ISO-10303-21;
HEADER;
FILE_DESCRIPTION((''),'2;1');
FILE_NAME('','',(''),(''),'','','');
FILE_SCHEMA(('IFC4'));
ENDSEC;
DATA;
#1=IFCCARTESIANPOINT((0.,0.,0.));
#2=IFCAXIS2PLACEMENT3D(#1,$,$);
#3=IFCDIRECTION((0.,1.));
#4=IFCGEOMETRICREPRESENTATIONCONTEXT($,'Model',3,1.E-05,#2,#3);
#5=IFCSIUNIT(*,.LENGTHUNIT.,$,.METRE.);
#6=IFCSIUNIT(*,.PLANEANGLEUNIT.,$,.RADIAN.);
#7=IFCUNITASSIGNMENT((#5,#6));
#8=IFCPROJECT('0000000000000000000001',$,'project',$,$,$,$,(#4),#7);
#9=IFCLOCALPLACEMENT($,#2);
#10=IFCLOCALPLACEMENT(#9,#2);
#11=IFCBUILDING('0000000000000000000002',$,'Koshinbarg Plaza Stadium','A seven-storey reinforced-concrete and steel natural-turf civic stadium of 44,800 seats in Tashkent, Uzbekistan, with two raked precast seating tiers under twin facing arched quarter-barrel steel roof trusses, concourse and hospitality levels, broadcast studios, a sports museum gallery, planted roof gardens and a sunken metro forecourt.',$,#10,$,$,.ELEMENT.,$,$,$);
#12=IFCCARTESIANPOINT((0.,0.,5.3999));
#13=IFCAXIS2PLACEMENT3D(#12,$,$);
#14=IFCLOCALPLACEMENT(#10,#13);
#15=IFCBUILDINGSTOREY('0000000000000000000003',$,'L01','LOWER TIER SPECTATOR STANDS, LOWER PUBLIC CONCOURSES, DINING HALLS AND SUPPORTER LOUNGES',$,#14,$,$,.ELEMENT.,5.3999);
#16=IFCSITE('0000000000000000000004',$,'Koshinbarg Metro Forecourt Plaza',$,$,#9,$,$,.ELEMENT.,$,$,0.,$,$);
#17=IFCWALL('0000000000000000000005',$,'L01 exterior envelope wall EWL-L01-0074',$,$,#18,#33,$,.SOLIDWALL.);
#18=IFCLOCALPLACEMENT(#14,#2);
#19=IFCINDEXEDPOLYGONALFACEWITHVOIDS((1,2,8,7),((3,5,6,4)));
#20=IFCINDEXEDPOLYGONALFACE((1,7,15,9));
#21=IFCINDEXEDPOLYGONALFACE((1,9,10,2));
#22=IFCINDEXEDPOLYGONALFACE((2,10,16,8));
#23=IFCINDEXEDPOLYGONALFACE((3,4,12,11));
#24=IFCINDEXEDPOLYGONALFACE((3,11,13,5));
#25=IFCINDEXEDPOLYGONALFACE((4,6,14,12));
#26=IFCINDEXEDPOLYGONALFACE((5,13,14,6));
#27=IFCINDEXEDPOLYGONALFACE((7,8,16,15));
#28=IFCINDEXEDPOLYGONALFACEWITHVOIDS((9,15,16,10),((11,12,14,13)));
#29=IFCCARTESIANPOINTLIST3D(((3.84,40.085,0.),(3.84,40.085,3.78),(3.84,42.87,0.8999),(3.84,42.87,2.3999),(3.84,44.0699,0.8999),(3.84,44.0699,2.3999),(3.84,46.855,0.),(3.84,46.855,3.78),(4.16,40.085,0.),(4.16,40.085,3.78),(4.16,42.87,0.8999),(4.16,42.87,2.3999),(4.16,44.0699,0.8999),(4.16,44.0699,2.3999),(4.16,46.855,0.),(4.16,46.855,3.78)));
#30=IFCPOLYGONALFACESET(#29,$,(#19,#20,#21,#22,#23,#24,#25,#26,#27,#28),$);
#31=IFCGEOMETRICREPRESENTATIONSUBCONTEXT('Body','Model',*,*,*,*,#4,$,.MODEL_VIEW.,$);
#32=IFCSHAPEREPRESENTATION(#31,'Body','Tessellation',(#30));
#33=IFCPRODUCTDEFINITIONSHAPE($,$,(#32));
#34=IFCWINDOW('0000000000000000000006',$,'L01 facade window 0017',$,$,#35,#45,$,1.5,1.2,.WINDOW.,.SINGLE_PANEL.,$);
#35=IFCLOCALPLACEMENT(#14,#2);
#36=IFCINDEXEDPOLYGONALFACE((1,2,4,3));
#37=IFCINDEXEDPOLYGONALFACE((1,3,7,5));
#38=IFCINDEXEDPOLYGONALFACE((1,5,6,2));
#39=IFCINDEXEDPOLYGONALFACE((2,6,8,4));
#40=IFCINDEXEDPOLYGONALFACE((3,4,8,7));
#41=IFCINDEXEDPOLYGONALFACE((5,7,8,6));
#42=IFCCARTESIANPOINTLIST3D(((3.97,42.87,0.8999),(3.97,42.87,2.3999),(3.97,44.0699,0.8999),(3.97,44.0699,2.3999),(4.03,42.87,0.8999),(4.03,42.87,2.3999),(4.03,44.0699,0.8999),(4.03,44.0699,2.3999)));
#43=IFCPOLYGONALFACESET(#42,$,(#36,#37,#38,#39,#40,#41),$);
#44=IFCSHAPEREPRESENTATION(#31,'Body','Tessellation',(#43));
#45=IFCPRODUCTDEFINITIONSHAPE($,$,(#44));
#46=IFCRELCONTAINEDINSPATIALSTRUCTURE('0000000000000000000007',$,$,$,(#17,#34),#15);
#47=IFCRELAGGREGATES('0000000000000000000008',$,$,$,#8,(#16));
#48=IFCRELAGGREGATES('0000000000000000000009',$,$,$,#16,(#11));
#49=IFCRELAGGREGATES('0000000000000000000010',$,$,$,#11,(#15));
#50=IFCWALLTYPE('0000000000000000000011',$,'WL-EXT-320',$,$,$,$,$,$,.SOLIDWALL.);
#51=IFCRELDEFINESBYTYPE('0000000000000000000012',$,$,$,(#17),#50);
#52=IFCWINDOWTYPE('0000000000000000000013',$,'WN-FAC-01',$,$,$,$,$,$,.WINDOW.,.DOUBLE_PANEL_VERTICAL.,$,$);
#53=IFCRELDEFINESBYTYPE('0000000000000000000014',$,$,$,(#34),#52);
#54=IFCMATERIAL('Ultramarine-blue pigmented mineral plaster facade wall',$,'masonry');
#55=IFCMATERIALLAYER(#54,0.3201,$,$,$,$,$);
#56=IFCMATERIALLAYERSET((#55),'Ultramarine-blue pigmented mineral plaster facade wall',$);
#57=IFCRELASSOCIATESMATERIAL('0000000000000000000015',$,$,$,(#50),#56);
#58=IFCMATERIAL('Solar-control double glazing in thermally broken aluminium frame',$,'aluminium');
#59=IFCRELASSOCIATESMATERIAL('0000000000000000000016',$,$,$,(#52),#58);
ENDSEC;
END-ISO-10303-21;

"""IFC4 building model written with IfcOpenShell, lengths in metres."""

from ifc_helpers import new_model, si_unit, direction, frame, frame_2d, origin, place, context, subcontext, project, spatial, rectangle, extrude, material, layer, layer_set, type_object, element, fill, save


model = new_model("IFC4")

# Units and contexts
model_context = context("Model", 3, precision=1e-05, world=origin(), true_north=direction((0.0, 1.0)))
body_context = subcontext(model_context, "Body", "Model", "MODEL_VIEW")
ifc_project = project(units=[si_unit("LENGTHUNIT", "METRE"), si_unit("PLANEANGLEUNIT", "RADIAN")], contexts=[model_context])

# Site, building, storey
site_placement = place(None, origin())
site = spatial("IfcSite", under=ifc_project, at=site_placement, Name="Koshinbarg Metro Forecourt Plaza", CompositionType="ELEMENT", RefElevation=0.0)
building_placement = place(site_placement, origin())
building = spatial("IfcBuilding", under=site, at=building_placement, Name="Koshinbarg Plaza Stadium", Description="A seven-storey reinforced-concrete and steel natural-turf civic stadium of 44,800 seats in Tashkent, Uzbekistan, with two raked precast seating tiers under twin facing arched quarter-barrel steel roof trusses, concourse and hospitality levels, broadcast studios, a sports museum gallery, planted roof gardens and a sunken metro forecourt.", CompositionType="ELEMENT")
storey_placement = place(building_placement, frame((0.0, 0.0, 5.3999)))
storey = spatial("IfcBuildingStorey", under=building, at=storey_placement, Name="L01", Description="LOWER TIER SPECTATOR STANDS, LOWER PUBLIC CONCOURSES, DINING HALLS AND SUPPORTER LOUNGES", CompositionType="ELEMENT", Elevation=5.3999)

# Wall, opening, window
ifc_material_1 = material(Name="Ultramarine-blue pigmented mineral plaster facade wall", Category="masonry")
ifc_layer_1 = layer(ifc_material_1, 0.3201)
ifc_layer_set_1 = layer_set([ifc_layer_1], Name="Ultramarine-blue pigmented mineral plaster facade wall")
wall_type = type_object("IfcWallType", Name="WL-EXT-320", PredefinedType="SOLIDWALL", material=ifc_layer_set_1)
wall_placement = place(storey_placement, frame((4.0, 40.085, 0.0), z_axis=(0.0, 0.0, 1.0), x_axis=(0.0, 1.0, 0.0)))
wall = element("IfcWall", 1, at=wall_placement, inside=storey, type_object=wall_type, Name="L01 exterior envelope wall EWL-L01-0074", PredefinedType="SOLIDWALL", context=body_context, shape_type="SweptSolid", body=[
    extrude(rectangle(XDim=6.77, YDim=0.3201, at=frame_2d((3.385, 0.0))), origin(), (0.0, 0.0, 1.0), 3.78),
])
opening_placement = place(wall_placement, frame((2.7849, 0.0, 0.8999)))
opening = element("IfcOpeningElement", 2, at=opening_placement, cuts=wall, PredefinedType="OPENING", context=body_context, shape_type="SweptSolid", body=[
    extrude(rectangle(XDim=1.2, YDim=1.5, at=frame_2d((0.6001, 0.75))), frame((0.0, 0.1699, 0.0), z_axis=(0.0, -1.0, 0.0), x_axis=(1.0, 0.0, 0.0)), (0.0, 0.0, 1.0), 0.3401),
])
ifc_material_2 = material(Name="Solar-control double glazing in thermally broken aluminium frame", Category="aluminium")
window_type = type_object("IfcWindowType", Name="WN-FAC-01", PartitioningType="DOUBLE_PANEL_VERTICAL", PredefinedType="WINDOW", material=ifc_material_2)
window_placement = place(opening_placement, origin())
window = element("IfcWindow", 3, at=window_placement, inside=storey, type_object=window_type, Name="L01 facade window 0017", OverallHeight=1.5, OverallWidth=1.2, PartitioningType="SINGLE_PANEL", PredefinedType="WINDOW", context=body_context, shape_type="SweptSolid", body=[
    extrude(rectangle(XDim=1.2, YDim=1.5, at=frame_2d((0.6001, 0.75))), frame((0.0, 0.03, 0.0), z_axis=(0.0, -1.0, 0.0), x_axis=(1.0, 0.0, 0.0)), (0.0, 0.0, 1.0), 0.0601),
])
fill(opening, window)

save(model, "model.ifc")
